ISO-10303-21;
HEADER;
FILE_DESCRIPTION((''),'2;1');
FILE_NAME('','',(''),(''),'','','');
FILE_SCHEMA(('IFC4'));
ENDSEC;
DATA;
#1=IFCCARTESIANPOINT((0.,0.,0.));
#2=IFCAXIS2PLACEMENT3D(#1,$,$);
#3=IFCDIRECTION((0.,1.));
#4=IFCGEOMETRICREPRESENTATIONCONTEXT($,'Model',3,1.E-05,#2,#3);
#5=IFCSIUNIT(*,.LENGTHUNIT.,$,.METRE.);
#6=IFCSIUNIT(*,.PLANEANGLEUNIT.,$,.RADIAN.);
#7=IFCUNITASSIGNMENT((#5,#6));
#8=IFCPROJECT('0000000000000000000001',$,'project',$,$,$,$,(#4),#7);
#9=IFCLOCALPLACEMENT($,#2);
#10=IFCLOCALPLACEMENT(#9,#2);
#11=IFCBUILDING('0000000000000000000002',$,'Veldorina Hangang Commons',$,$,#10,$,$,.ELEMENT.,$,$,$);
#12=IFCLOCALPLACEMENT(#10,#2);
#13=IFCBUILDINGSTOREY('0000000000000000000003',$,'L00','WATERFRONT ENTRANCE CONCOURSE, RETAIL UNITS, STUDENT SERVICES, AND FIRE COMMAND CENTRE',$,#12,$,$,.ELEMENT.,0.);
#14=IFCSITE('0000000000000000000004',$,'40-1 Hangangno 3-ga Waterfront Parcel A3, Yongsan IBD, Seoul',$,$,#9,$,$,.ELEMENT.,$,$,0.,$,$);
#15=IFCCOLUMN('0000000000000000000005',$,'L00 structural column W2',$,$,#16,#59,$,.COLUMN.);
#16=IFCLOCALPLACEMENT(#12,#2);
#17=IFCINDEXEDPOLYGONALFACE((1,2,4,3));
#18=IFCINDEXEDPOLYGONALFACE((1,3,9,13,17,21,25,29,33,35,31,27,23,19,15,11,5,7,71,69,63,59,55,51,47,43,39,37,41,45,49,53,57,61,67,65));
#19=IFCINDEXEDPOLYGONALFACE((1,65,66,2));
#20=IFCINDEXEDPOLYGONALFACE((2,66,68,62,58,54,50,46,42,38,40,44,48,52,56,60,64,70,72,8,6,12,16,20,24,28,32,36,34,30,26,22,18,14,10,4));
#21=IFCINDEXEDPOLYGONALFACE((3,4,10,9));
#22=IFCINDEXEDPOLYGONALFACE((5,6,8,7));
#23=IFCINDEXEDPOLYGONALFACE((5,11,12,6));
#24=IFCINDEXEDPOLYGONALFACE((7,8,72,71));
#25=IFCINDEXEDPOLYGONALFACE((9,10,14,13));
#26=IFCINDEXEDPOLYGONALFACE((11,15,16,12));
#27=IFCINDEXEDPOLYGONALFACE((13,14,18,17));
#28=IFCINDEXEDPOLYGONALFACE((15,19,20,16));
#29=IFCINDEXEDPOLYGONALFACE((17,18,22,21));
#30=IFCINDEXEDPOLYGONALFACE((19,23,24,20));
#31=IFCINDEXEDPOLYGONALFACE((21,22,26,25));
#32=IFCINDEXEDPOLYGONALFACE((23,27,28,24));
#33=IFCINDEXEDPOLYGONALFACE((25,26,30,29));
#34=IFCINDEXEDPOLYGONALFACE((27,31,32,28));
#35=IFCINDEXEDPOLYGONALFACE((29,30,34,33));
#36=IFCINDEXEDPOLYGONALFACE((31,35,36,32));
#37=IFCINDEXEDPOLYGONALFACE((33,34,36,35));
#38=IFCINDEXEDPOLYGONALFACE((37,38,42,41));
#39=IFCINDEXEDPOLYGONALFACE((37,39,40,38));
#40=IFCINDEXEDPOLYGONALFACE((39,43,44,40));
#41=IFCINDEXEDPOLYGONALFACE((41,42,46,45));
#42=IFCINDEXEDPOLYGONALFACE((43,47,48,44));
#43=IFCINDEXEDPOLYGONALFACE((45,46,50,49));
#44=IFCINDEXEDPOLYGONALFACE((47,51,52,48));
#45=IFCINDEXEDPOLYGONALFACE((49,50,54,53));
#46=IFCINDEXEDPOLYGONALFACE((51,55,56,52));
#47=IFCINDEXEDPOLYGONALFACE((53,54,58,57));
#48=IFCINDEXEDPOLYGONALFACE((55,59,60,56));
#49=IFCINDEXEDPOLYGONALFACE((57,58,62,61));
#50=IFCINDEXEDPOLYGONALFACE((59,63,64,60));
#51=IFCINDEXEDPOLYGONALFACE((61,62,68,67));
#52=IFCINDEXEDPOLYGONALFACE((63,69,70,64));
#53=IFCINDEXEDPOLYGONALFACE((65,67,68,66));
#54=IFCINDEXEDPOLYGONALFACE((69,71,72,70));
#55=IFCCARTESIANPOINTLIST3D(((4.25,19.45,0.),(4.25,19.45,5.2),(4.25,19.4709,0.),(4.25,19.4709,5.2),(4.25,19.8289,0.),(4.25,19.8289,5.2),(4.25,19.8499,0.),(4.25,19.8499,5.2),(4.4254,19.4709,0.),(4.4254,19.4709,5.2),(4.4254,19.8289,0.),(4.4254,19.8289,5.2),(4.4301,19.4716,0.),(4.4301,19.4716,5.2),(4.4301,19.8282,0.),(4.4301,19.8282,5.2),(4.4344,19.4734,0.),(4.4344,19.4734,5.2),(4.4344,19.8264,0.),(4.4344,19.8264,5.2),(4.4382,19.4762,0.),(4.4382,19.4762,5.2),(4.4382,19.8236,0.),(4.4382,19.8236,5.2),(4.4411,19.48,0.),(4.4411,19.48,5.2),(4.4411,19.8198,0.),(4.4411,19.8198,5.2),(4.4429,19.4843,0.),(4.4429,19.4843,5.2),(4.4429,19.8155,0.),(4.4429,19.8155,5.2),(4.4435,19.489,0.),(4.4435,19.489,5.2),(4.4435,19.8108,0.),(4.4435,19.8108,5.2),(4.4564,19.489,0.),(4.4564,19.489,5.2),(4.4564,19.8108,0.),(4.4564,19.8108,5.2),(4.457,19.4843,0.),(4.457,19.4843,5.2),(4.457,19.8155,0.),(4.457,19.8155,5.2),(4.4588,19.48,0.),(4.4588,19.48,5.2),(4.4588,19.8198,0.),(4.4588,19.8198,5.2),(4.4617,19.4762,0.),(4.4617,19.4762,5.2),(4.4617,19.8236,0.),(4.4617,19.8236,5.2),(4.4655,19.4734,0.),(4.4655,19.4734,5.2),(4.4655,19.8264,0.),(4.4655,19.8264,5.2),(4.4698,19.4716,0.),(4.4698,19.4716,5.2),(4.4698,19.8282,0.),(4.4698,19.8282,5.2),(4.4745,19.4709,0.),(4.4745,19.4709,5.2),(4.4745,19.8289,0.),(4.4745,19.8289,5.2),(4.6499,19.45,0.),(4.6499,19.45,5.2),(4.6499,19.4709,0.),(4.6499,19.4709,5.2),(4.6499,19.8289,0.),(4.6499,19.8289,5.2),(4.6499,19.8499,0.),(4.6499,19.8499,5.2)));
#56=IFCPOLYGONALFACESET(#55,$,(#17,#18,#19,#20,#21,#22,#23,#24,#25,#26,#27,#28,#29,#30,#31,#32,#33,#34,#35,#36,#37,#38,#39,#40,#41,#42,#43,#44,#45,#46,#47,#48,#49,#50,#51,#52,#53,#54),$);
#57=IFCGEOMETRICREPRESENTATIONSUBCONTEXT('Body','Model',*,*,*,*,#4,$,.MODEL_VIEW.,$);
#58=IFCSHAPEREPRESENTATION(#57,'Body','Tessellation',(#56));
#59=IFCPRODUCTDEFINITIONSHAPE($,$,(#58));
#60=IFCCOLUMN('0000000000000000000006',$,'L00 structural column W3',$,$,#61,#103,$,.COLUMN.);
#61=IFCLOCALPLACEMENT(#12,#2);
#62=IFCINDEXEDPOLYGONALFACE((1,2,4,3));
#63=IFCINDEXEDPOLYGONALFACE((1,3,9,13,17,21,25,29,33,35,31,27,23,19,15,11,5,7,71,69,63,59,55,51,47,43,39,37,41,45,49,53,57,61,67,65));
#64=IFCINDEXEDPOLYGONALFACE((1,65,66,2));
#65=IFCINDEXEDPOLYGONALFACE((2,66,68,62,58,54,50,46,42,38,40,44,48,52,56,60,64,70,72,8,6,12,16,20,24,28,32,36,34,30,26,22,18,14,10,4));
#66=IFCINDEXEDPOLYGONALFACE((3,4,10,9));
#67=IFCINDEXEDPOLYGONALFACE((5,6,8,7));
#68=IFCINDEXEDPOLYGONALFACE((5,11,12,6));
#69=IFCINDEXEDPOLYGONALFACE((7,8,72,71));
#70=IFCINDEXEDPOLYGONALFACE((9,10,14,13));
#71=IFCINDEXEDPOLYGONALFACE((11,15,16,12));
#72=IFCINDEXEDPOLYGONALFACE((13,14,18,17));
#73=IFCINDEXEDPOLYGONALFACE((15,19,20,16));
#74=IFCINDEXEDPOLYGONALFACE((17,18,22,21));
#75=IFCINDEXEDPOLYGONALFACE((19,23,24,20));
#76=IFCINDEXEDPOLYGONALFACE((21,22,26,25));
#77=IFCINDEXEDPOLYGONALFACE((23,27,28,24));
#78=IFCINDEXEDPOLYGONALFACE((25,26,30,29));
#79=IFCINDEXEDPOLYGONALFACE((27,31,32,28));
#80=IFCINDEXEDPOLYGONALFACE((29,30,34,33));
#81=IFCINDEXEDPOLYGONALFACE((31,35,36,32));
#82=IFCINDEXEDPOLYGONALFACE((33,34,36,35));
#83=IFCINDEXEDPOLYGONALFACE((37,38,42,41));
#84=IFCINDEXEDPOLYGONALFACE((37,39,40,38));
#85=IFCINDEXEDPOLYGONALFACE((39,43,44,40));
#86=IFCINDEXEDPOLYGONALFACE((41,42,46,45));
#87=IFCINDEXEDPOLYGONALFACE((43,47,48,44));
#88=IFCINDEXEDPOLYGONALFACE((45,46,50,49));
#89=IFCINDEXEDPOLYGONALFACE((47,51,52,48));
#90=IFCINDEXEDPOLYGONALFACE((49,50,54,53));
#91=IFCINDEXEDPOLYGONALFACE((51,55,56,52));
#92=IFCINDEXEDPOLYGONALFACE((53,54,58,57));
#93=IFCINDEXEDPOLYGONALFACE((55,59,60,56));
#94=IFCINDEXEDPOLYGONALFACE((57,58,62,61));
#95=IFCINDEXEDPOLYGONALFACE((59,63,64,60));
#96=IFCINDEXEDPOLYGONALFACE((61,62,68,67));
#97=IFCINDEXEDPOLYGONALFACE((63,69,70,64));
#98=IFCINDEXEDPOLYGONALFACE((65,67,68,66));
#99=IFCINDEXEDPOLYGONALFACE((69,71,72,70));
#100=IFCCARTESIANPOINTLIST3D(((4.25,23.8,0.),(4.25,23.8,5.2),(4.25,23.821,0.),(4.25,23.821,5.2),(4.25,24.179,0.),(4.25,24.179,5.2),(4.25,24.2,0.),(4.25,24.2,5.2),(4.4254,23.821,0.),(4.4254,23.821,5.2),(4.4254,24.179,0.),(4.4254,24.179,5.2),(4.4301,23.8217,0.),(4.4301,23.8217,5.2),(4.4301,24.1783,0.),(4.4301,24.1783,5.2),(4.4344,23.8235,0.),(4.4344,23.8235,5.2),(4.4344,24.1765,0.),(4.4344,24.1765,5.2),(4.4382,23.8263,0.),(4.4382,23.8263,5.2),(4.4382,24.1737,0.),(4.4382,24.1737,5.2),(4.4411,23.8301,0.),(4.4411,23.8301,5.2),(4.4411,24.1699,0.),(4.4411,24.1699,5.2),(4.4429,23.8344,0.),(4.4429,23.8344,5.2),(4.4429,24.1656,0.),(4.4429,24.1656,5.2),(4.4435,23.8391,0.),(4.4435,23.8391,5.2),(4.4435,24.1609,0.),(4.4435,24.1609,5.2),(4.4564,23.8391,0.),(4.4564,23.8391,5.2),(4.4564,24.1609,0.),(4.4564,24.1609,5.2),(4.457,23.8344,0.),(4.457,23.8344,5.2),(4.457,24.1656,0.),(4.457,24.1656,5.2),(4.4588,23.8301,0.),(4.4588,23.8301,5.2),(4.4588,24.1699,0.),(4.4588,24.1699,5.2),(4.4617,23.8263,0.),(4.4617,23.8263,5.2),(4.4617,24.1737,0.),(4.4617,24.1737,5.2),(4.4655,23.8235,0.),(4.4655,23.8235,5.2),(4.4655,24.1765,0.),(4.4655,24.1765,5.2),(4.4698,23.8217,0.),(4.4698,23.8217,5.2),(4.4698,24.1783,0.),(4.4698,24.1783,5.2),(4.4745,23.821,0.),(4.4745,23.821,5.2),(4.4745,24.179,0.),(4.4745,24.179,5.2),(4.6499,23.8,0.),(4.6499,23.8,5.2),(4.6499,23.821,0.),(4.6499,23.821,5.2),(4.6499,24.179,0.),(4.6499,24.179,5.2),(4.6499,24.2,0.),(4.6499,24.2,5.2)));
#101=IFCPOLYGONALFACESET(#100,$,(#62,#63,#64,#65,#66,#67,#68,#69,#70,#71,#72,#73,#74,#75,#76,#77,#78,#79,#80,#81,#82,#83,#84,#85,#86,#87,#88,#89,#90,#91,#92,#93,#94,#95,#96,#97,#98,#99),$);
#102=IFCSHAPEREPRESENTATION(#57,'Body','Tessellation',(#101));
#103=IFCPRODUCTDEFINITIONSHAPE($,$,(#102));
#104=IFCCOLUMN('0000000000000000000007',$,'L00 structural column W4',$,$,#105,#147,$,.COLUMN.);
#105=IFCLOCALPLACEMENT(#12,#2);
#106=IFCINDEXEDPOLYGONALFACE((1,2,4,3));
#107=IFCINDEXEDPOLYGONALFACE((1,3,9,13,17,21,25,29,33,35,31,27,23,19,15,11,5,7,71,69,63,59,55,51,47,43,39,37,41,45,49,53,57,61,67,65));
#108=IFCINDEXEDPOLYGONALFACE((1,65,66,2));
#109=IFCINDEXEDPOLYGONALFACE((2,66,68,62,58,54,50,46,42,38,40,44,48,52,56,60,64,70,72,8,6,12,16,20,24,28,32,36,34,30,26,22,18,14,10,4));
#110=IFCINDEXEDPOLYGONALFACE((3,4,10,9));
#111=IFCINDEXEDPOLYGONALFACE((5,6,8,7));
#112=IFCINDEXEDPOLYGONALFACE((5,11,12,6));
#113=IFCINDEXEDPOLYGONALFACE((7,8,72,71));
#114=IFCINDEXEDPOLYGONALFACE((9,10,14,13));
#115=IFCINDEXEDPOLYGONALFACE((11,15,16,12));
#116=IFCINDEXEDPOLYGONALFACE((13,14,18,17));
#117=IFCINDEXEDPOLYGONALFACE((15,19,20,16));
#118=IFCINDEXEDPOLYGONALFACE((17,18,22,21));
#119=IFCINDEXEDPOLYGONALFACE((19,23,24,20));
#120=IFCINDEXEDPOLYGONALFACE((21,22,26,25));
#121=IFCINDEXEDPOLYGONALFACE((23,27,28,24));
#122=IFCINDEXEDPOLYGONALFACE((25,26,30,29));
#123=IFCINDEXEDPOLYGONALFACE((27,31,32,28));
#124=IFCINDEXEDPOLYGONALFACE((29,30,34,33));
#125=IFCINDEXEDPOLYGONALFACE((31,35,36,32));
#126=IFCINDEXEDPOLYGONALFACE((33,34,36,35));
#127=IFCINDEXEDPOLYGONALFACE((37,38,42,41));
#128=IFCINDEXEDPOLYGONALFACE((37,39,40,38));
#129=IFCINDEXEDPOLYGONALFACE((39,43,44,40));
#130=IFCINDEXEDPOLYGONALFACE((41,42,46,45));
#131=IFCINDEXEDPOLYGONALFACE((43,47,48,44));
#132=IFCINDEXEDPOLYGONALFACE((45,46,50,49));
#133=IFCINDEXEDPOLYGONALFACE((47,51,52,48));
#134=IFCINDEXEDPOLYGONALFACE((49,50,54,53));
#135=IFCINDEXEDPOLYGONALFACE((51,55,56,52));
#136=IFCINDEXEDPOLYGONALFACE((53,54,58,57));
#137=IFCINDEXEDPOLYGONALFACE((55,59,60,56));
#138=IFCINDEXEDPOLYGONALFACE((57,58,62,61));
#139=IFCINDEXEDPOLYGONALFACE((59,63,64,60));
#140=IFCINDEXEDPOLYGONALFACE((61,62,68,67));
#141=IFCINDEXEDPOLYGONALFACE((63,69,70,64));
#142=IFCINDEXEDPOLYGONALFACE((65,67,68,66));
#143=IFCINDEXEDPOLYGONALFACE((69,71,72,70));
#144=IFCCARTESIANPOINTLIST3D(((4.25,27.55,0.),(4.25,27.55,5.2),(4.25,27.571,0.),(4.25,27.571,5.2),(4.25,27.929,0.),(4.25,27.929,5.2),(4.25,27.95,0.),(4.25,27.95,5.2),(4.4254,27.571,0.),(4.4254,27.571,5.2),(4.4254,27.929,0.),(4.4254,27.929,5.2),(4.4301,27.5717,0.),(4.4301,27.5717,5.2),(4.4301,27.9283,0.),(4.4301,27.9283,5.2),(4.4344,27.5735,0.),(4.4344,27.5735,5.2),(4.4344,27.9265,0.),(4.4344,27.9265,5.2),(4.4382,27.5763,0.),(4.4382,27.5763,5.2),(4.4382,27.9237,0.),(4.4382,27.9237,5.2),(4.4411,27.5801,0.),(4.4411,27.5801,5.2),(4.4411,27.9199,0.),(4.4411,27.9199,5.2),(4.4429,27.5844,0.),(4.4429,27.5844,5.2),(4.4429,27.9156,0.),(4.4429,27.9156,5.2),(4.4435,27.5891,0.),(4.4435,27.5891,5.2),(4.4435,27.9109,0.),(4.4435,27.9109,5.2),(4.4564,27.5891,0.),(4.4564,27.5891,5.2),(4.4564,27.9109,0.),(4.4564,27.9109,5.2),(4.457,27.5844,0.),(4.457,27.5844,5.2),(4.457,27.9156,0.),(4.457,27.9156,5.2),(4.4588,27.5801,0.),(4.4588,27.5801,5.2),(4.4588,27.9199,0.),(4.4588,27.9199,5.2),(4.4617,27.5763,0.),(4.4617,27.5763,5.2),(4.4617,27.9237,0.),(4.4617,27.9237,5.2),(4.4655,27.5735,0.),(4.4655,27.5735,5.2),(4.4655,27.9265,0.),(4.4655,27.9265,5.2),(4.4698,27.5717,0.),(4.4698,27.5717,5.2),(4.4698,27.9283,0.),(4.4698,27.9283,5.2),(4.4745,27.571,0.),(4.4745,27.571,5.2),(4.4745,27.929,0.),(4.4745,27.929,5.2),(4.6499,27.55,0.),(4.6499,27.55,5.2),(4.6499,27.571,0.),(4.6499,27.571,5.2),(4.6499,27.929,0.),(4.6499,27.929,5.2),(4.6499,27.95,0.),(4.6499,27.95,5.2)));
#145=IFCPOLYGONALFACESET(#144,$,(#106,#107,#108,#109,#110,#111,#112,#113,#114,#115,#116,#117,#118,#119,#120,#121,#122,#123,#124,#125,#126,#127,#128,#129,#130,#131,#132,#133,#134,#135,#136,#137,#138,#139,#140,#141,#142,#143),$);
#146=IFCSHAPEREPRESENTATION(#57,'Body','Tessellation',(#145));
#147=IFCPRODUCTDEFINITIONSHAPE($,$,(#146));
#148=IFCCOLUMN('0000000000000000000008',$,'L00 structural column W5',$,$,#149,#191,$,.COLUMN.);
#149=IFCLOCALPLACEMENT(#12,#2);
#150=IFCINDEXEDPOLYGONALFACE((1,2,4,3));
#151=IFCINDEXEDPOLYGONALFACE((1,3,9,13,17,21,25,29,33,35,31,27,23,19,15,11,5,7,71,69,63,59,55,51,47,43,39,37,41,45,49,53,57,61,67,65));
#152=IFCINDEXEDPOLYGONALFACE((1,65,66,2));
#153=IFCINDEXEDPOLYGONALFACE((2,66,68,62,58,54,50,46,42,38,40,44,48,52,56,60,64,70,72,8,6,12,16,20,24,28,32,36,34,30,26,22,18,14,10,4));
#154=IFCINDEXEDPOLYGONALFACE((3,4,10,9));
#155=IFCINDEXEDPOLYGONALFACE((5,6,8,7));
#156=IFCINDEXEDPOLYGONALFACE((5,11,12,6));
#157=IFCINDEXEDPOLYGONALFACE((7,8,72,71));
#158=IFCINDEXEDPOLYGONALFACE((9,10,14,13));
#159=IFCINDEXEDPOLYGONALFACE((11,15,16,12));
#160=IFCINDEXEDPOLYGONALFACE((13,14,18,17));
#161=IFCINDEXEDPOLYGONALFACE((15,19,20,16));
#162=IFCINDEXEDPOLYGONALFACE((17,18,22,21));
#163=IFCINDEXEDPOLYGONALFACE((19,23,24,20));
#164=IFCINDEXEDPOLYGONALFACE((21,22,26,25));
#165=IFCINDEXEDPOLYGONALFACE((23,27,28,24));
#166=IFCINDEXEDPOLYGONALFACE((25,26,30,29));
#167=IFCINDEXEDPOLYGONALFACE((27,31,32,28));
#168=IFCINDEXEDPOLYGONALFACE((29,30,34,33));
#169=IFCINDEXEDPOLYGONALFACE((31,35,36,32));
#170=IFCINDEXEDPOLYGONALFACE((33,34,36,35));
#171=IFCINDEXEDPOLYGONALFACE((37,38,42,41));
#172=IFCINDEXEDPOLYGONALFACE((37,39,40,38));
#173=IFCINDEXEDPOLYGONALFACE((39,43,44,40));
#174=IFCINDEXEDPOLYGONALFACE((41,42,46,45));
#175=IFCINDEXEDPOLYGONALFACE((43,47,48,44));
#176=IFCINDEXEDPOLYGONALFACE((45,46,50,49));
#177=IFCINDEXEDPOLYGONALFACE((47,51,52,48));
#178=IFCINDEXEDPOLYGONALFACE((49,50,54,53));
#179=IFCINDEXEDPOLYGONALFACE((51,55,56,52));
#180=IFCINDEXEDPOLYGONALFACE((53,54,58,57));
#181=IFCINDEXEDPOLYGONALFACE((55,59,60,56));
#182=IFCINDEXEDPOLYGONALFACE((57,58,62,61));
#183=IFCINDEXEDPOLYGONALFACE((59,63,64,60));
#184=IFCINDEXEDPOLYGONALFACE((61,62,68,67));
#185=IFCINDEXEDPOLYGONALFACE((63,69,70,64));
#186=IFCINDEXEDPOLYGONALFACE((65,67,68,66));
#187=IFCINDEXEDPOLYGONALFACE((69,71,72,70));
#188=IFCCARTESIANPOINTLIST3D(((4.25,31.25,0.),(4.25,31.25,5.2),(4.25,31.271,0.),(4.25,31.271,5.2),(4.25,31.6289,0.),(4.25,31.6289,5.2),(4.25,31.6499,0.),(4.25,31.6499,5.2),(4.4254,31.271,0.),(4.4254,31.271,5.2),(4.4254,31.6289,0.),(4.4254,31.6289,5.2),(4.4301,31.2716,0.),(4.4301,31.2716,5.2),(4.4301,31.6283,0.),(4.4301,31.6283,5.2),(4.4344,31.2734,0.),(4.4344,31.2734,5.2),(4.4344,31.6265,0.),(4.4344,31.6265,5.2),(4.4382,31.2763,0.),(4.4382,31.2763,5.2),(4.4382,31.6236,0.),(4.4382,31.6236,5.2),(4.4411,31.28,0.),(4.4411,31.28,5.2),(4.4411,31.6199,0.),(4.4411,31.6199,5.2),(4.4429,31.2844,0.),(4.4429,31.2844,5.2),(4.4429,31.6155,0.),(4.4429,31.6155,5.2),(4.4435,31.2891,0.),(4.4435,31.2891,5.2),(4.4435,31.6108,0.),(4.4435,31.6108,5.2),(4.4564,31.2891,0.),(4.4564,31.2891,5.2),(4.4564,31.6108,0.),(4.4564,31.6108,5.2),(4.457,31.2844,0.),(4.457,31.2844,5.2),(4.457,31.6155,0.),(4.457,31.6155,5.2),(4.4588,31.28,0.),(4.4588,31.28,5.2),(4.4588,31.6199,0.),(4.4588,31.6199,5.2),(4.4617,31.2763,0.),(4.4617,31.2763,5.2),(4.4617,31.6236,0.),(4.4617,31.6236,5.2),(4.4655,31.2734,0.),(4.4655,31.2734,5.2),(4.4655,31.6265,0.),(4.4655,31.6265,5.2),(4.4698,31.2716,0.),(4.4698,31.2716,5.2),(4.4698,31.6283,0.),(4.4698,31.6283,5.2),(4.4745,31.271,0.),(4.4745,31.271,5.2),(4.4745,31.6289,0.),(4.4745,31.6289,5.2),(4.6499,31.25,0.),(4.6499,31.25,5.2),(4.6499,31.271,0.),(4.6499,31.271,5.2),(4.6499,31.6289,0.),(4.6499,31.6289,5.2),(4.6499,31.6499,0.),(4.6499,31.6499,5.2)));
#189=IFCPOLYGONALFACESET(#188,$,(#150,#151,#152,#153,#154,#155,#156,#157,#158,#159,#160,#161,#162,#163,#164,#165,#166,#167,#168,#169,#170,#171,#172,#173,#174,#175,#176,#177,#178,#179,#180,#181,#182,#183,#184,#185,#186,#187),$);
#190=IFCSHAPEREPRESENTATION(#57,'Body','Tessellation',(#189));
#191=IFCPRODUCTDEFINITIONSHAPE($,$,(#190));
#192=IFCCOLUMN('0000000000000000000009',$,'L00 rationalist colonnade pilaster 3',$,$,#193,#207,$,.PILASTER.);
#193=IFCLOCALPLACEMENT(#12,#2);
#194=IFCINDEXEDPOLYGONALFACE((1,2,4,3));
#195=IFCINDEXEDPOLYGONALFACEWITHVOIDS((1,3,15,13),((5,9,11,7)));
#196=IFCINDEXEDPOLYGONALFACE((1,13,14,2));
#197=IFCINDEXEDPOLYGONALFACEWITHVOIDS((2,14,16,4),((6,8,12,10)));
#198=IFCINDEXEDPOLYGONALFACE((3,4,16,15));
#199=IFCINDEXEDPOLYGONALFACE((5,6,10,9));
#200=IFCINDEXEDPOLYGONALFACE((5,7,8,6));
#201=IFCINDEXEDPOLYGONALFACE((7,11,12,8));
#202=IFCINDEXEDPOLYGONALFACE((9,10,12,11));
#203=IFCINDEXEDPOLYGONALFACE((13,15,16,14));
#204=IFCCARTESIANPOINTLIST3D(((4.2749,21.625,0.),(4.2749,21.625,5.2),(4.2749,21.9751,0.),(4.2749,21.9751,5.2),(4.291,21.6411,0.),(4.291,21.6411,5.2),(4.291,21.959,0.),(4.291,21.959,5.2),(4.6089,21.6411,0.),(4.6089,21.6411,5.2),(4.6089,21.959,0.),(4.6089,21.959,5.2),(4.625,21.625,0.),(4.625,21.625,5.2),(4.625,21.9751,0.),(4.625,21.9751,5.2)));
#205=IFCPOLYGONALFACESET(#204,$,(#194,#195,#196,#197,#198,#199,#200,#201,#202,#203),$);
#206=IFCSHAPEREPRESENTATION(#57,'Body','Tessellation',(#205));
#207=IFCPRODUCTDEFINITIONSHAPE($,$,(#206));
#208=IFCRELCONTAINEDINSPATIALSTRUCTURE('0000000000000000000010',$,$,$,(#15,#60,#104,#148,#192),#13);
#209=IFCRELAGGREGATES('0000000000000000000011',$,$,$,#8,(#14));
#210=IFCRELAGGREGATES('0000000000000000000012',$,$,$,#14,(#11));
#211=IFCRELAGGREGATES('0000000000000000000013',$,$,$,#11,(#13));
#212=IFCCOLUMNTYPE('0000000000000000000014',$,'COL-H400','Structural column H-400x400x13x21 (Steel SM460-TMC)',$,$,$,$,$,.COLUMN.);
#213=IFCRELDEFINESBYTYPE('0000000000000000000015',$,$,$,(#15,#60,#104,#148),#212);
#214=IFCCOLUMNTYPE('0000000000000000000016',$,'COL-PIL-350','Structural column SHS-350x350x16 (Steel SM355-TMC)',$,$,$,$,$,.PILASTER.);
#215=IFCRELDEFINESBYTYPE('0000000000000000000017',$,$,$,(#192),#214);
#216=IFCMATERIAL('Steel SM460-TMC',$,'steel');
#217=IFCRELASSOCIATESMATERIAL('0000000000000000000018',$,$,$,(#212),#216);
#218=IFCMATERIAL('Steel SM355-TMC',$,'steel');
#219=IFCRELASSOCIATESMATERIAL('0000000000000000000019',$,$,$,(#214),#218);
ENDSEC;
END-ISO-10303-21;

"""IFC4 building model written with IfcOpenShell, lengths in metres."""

from ifc_helpers import new_model, si_unit, direction, frame, origin, origin_2d, place, context, subcontext, project, spatial, hollow_rectangle, i_section, extrude, material, material_profile, profile_set, type_object, element, save


model = new_model("IFC4")

# Units and contexts
model_context = context("Model", 3, precision=1e-05, world=origin(), true_north=direction((0.0, 1.0)))
body_context = subcontext(model_context, "Body", "Model", "MODEL_VIEW")
ifc_project = project(units=[si_unit("LENGTHUNIT", "METRE"), si_unit("PLANEANGLEUNIT", "RADIAN")], contexts=[model_context])

# Site, building, storey
site_placement = place(None, origin())
site = spatial("IfcSite", under=ifc_project, at=site_placement, Name="40-1 Hangangno 3-ga Waterfront Parcel A3, Yongsan IBD, Seoul", CompositionType="ELEMENT", RefElevation=0.0)
building_placement = place(site_placement, origin())
building = spatial("IfcBuilding", under=site, at=building_placement, Name="Veldorina Hangang Commons", CompositionType="ELEMENT")
storey_placement = place(building_placement, origin())
storey = spatial("IfcBuildingStorey", under=building, at=storey_placement, Name="L00", Description="WATERFRONT ENTRANCE CONCOURSE, RETAIL UNITS, STUDENT SERVICES, AND FIRE COMMAND CENTRE", CompositionType="ELEMENT", Elevation=0.0)

# Columns
ifc_material_1 = material(Name="Steel SM460-TMC", Category="steel")
ifc_material_profile_1 = material_profile(ifc_material_1, i_section(OverallWidth=0.3999, OverallDepth=0.3999, WebThickness=0.0129, FlangeThickness=0.021, FilletRadius=0.0181, at=origin_2d()), Name="H-400x400x13x21")
ifc_profile_set_1 = profile_set([ifc_material_profile_1], Name="Steel SM460-TMC")
column_type_1 = type_object("IfcColumnType", Name="COL-H400", Description="Structural column H-400x400x13x21 (Steel SM460-TMC)", PredefinedType="COLUMN", material=ifc_profile_set_1)
for number, where, z_axis, x_axis, name in (
    (1, (4.45, 19.6499, 0.0), (0.0, 0.0, 1.0), (1.0, 0.0, 0.0), "L00 structural column W2"),
    (2, (4.45, 24.0, 0.0), (0.0, 0.0, 1.0), (1.0, 0.0, 0.0), "L00 structural column W3"),
    (3, (4.45, 27.75, 0.0), (0.0, 0.0, 1.0), (1.0, 0.0, 0.0), "L00 structural column W4"),
    (4, (4.45, 31.45, 0.0), (0.0, 0.0, 1.0), (1.0, 0.0, 0.0), "L00 structural column W5"),
):
    element("IfcColumn", number, at=place(storey_placement, frame(where, z_axis=z_axis, x_axis=x_axis)), inside=storey, type_object=column_type_1, Name=name, PredefinedType="COLUMN", context=body_context, shape_type="SweptSolid", body=[
        extrude(i_section(OverallWidth=0.3999, OverallDepth=0.3999, WebThickness=0.0129, FlangeThickness=0.021, FilletRadius=0.0181, at=origin_2d()), origin(), (0.0, 0.0, 1.0), 5.2),
    ])
ifc_material_2 = material(Name="Steel SM355-TMC", Category="steel")
ifc_material_profile_2 = material_profile(ifc_material_2, hollow_rectangle(XDim=0.3501, YDim=0.3501, WallThickness=0.0161, at=origin_2d()), Name="SHS-350x350x16")
ifc_profile_set_2 = profile_set([ifc_material_profile_2], Name="Steel SM355-TMC")
column_type_2 = type_object("IfcColumnType", Name="COL-PIL-350", Description="Structural column SHS-350x350x16 (Steel SM355-TMC)", PredefinedType="PILASTER", material=ifc_profile_set_2)
column_placement = place(storey_placement, frame((4.45, 21.8, 0.0), z_axis=(0.0, 0.0, 1.0), x_axis=(1.0, 0.0, 0.0)))
element("IfcColumn", 5, at=column_placement, inside=storey, type_object=column_type_2, Name="L00 rationalist colonnade pilaster 3", PredefinedType="PILASTER", context=body_context, shape_type="SweptSolid", body=[
    extrude(hollow_rectangle(XDim=0.3501, YDim=0.3501, WallThickness=0.0161, at=origin_2d()), origin(), (0.0, 0.0, 1.0), 5.2),
])

save(model, "model.ifc")
